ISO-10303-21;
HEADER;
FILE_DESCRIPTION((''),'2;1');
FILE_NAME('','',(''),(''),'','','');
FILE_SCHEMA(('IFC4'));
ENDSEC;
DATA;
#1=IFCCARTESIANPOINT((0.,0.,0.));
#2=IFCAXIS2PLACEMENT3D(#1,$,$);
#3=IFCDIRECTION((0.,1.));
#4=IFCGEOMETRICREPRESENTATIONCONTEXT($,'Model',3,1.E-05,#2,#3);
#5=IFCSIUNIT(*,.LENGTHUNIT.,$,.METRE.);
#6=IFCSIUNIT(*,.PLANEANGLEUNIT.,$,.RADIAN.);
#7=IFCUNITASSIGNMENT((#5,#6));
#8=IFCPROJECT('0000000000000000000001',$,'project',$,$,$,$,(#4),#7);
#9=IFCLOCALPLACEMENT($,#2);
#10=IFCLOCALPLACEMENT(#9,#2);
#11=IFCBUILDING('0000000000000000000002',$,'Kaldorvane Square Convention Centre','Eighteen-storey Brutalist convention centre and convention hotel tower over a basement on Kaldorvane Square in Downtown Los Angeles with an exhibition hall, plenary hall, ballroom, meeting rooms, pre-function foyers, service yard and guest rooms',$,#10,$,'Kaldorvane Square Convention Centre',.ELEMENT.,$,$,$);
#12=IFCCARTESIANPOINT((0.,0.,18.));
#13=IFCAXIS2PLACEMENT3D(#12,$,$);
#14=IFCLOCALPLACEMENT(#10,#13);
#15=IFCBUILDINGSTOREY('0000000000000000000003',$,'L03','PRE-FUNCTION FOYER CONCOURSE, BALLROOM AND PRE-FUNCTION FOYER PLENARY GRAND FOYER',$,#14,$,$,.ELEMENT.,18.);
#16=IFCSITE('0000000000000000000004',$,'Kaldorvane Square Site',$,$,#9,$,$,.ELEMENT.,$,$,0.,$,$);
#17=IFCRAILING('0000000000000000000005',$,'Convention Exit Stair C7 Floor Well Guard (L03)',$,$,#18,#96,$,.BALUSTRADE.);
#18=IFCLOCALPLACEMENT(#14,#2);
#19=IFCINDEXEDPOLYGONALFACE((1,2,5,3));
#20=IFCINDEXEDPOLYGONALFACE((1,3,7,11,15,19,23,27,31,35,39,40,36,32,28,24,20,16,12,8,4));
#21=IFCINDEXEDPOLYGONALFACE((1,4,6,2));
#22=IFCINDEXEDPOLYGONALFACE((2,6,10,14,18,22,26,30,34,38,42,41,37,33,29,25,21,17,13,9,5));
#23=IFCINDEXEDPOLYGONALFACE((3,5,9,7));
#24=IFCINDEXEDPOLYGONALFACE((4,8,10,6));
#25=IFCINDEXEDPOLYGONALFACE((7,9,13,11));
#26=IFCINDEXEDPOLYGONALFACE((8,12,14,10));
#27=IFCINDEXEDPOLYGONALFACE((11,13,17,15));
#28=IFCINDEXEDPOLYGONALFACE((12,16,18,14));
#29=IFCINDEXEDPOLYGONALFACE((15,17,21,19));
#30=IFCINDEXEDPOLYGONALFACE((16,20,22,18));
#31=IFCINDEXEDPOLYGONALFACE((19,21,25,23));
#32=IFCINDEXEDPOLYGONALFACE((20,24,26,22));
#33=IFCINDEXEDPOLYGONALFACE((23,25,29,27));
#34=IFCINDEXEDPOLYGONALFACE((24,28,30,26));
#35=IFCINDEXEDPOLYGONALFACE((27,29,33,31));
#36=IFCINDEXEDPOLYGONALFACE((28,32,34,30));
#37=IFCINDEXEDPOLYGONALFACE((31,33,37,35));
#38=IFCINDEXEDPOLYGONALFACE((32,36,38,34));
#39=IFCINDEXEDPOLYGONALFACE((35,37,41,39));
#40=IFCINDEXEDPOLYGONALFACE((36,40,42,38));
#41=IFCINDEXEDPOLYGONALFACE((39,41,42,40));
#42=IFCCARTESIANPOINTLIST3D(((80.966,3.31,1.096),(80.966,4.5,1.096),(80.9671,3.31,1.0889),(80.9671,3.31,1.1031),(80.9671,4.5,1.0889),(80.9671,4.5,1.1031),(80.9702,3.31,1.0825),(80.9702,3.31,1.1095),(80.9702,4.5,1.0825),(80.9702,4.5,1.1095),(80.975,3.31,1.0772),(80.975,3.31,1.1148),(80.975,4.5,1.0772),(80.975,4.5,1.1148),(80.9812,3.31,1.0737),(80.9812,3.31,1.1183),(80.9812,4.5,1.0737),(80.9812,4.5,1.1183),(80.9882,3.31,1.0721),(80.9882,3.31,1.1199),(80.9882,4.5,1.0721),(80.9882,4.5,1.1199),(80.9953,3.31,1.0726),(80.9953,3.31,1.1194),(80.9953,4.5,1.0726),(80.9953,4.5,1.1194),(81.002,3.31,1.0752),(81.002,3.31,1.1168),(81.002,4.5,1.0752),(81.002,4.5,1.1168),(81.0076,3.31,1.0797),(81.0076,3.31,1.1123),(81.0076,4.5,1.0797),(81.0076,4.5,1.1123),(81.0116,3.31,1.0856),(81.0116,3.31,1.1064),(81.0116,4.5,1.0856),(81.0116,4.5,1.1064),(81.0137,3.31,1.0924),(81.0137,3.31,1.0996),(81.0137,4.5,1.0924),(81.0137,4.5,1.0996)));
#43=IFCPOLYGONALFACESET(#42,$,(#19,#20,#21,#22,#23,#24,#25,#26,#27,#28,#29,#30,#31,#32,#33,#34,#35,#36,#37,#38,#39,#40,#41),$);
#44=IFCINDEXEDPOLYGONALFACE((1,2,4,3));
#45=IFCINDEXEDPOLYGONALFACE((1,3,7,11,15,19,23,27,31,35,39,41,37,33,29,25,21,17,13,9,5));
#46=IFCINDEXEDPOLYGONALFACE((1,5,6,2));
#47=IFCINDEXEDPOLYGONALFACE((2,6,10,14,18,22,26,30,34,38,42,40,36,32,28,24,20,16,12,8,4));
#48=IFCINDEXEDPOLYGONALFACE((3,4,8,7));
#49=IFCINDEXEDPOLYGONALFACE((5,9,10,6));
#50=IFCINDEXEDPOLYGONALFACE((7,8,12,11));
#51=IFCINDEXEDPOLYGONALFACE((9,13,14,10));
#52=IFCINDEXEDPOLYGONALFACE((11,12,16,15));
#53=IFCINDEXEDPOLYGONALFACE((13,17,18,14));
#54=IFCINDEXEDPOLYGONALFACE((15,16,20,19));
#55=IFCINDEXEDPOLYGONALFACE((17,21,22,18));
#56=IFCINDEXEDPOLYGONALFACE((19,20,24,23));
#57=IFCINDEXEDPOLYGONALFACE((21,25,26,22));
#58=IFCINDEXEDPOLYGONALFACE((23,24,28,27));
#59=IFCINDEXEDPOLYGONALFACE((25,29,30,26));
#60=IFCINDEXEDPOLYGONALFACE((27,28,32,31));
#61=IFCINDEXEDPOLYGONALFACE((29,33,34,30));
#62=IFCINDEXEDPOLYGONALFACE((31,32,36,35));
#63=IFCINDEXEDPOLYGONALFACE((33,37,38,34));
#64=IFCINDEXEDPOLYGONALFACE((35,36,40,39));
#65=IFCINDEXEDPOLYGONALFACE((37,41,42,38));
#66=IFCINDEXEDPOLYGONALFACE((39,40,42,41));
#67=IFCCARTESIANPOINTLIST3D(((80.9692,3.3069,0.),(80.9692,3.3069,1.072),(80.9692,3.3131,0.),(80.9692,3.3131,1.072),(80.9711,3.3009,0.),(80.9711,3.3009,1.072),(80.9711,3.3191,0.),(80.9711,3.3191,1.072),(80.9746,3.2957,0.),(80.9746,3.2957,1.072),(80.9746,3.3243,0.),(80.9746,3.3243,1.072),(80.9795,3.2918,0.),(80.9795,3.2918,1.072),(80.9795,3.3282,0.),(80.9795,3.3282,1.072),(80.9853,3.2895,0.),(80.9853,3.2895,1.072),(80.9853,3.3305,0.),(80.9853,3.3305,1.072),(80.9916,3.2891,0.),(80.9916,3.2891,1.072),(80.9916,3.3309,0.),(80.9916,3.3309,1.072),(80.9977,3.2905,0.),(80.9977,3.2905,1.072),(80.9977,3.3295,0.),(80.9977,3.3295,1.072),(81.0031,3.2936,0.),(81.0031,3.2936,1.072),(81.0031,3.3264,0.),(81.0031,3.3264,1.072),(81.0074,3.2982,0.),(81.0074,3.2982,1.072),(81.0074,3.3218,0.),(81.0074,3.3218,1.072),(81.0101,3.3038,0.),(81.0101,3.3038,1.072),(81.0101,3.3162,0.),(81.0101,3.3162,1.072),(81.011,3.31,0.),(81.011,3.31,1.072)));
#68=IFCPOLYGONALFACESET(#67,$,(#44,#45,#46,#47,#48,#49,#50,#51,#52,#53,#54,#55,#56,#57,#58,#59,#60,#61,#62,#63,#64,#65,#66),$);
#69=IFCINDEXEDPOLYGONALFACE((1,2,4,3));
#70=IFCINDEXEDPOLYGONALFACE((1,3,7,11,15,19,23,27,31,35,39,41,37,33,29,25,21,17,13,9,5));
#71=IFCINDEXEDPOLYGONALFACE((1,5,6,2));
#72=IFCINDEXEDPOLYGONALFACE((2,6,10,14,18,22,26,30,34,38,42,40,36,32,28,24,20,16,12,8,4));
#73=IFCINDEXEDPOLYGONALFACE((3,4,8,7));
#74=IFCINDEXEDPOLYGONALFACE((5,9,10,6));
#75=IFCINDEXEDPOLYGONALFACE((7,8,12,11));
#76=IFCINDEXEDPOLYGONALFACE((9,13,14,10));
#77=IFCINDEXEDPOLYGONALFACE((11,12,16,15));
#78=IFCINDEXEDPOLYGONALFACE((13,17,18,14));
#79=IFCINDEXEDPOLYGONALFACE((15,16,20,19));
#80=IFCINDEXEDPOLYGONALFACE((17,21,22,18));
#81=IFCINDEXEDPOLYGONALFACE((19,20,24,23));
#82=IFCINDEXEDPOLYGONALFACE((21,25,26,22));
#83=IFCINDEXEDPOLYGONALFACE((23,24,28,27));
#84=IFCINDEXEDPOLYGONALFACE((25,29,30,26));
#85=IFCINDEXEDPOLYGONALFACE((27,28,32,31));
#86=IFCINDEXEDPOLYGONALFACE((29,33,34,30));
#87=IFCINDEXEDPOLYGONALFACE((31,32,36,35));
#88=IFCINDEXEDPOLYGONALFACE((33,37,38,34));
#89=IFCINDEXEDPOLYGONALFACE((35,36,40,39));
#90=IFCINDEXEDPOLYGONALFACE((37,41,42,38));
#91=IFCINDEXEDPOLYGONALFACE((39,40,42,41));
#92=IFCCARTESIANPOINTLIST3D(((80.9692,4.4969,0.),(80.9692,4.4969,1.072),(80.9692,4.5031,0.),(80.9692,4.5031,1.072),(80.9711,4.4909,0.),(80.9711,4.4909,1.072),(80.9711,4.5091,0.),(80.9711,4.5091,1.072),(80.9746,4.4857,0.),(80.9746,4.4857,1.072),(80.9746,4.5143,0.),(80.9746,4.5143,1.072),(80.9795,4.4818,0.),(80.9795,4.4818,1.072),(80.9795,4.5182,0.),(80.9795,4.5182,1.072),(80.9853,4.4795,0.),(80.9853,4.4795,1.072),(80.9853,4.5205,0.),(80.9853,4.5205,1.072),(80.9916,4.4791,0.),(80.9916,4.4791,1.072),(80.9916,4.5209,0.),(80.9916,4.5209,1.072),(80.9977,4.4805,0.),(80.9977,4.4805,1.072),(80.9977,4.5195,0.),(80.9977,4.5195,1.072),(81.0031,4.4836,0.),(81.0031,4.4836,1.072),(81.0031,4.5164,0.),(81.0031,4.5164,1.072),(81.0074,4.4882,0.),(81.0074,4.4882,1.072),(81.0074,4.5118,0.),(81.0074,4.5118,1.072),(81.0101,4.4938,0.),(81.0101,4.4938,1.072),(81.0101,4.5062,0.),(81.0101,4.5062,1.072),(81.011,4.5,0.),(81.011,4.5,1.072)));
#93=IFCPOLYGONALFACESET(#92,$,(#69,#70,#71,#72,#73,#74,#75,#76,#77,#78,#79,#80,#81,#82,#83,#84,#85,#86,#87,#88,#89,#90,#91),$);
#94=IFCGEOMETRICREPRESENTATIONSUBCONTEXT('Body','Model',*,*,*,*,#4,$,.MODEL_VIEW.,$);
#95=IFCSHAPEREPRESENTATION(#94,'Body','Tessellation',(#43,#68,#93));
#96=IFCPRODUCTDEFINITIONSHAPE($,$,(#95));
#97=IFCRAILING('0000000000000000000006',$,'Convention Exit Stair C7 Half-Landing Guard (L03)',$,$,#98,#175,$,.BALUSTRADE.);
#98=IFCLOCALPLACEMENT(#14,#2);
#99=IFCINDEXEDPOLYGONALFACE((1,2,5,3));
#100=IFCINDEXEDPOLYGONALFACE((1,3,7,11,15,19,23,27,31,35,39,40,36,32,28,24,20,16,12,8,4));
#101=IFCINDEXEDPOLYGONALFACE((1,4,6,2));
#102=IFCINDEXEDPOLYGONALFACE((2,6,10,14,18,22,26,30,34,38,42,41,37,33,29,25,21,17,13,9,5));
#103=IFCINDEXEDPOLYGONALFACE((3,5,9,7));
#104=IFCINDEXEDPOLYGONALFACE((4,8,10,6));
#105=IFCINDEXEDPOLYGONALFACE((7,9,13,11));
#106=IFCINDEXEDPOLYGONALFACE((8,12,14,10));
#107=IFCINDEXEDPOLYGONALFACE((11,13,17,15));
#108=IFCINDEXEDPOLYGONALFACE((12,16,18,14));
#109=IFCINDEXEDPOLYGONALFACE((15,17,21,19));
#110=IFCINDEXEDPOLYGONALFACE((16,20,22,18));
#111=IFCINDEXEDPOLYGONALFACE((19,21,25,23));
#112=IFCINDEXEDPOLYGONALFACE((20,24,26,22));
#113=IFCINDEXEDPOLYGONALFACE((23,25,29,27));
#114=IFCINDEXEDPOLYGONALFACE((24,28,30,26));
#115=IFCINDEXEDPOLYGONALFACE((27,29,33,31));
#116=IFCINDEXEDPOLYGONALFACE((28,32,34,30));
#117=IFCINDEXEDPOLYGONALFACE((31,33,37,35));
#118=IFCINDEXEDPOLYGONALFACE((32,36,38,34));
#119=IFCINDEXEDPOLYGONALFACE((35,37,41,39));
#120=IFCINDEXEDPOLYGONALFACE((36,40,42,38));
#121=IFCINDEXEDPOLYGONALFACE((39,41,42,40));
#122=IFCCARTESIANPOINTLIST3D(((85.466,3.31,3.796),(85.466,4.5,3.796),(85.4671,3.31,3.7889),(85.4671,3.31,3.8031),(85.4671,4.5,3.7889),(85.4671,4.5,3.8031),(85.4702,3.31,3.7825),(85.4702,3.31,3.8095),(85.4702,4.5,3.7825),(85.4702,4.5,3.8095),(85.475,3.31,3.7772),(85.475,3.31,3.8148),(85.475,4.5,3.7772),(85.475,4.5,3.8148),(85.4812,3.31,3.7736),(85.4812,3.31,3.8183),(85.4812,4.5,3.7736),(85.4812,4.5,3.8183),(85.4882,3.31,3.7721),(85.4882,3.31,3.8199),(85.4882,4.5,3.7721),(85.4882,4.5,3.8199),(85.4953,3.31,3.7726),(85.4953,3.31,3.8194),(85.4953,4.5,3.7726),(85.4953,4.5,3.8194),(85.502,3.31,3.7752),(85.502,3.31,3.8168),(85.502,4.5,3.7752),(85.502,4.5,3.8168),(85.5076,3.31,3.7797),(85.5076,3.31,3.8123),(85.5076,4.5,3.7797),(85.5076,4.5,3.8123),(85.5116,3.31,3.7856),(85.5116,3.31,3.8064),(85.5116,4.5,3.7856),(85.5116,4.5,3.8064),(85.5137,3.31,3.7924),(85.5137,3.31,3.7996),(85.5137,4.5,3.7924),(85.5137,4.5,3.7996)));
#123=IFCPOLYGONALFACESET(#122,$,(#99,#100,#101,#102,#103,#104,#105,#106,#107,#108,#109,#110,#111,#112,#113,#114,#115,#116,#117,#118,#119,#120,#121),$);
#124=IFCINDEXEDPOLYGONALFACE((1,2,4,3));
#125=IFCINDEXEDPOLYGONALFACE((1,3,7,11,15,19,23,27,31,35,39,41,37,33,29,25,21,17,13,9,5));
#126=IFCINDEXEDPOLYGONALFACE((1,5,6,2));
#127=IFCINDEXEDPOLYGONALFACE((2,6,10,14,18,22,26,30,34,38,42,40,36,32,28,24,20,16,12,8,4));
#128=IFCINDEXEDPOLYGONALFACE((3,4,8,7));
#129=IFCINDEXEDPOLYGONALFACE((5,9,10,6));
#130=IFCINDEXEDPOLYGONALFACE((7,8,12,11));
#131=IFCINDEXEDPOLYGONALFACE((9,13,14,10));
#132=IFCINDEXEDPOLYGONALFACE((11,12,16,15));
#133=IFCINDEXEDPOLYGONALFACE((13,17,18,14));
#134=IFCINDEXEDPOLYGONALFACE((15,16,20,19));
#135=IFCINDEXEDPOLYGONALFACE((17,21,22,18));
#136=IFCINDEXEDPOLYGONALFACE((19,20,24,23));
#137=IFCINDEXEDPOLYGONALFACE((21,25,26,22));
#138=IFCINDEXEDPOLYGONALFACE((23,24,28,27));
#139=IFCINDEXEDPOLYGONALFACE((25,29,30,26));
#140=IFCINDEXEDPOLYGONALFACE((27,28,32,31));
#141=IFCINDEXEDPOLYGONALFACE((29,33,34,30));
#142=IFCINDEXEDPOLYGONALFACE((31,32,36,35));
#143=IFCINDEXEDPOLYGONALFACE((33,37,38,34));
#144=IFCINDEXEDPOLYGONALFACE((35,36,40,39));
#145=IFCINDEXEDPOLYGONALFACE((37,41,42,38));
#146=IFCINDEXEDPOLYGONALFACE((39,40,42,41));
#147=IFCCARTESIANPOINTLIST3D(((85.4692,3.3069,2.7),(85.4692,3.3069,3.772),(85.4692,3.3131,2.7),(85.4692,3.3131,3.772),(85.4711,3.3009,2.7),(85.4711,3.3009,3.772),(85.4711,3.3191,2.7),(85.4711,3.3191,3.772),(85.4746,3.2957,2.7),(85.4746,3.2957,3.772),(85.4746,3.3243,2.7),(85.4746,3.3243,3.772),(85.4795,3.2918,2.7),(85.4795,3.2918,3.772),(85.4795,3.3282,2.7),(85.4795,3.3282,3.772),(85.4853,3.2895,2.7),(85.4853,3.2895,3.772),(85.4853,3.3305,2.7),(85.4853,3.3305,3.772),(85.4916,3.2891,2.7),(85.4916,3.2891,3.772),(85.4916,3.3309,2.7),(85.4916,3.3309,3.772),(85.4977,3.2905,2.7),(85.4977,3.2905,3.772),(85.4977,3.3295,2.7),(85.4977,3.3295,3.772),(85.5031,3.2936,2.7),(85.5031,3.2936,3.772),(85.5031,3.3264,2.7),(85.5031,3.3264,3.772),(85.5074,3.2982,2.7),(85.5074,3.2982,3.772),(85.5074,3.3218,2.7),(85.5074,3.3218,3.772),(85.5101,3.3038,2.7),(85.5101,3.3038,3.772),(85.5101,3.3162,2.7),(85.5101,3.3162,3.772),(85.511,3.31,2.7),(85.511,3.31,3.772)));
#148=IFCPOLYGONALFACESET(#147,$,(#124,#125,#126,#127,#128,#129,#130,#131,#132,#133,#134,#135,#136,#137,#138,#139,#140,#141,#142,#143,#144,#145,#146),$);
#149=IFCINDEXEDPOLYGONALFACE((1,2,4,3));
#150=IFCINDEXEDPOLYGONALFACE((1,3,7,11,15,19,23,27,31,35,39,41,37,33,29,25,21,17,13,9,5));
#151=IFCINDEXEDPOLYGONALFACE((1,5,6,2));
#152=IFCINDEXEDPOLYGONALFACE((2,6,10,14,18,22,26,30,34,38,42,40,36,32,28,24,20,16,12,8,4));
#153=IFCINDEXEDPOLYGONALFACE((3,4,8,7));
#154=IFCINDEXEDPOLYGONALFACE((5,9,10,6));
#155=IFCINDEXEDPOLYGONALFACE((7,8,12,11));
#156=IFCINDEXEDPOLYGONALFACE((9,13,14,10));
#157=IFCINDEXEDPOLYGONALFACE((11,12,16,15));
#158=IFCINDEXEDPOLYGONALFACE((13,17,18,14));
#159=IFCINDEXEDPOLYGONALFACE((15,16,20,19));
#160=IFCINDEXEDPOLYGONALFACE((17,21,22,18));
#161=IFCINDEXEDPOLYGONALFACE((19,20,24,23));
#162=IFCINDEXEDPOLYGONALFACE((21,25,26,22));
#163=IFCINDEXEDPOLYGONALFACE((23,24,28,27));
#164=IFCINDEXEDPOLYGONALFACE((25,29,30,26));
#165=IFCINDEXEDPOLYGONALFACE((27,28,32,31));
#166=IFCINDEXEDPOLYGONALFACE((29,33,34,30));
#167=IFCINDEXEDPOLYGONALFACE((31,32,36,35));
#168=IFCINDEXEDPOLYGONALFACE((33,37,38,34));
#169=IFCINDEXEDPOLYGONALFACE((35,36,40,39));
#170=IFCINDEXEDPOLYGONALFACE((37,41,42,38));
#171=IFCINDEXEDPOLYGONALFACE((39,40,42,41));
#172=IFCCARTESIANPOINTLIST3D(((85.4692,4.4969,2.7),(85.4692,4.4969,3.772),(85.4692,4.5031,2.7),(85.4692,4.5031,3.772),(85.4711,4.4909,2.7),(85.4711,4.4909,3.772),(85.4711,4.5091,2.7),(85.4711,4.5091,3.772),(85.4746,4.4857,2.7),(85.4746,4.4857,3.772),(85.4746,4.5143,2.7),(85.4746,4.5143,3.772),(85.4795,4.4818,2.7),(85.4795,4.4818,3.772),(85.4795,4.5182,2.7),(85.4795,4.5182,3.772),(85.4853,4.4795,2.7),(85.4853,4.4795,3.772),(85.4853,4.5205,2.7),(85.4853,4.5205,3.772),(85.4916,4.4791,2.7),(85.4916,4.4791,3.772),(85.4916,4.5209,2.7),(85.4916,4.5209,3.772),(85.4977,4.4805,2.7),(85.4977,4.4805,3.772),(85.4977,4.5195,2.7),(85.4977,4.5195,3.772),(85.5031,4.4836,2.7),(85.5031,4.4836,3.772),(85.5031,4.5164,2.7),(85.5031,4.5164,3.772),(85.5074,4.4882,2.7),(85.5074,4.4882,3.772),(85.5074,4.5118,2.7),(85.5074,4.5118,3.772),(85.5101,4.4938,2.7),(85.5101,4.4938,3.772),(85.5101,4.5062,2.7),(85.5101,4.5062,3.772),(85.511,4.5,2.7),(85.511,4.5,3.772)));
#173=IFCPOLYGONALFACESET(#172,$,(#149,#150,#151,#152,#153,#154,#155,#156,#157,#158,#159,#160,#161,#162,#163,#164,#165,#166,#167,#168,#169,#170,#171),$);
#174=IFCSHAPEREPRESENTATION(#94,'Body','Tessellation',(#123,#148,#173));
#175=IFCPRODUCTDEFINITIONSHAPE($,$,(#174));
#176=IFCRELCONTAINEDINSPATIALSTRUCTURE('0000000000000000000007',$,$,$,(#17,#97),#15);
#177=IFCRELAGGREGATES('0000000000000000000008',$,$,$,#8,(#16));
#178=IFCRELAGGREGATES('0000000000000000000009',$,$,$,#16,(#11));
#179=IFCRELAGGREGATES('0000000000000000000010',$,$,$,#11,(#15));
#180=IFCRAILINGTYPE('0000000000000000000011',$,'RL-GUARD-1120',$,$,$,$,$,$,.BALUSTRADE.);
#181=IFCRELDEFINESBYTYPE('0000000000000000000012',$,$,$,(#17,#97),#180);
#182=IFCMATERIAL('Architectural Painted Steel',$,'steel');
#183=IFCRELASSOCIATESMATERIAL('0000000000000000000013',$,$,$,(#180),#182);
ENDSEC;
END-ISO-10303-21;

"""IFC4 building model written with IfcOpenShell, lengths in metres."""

from ifc_helpers import new_model, si_unit, direction, frame, origin, origin_2d, place, context, subcontext, project, spatial, circle, extrude, material, type_object, element, save


model = new_model("IFC4")

# Units and contexts
model_context = context("Model", 3, precision=1e-05, world=origin(), true_north=direction((0.0, 1.0)))
body_context = subcontext(model_context, "Body", "Model", "MODEL_VIEW")
ifc_project = project(units=[si_unit("LENGTHUNIT", "METRE"), si_unit("PLANEANGLEUNIT", "RADIAN")], contexts=[model_context])

# Site, building, storey
site_placement = place(None, origin())
site = spatial("IfcSite", under=ifc_project, at=site_placement, Name="Kaldorvane Square Site", CompositionType="ELEMENT", RefElevation=0.0)
building_placement = place(site_placement, origin())
building = spatial("IfcBuilding", under=site, at=building_placement, Name="Kaldorvane Square Convention Centre", Description="Eighteen-storey Brutalist convention centre and convention hotel tower over a basement on Kaldorvane Square in Downtown Los Angeles with an exhibition hall, plenary hall, ballroom, meeting rooms, pre-function foyers, service yard and guest rooms", LongName="Kaldorvane Square Convention Centre", CompositionType="ELEMENT")
storey_placement = place(building_placement, frame((0.0, 0.0, 18.0)))
storey = spatial("IfcBuildingStorey", under=building, at=storey_placement, Name="L03", Description="PRE-FUNCTION FOYER CONCOURSE, BALLROOM AND PRE-FUNCTION FOYER PLENARY GRAND FOYER", CompositionType="ELEMENT", Elevation=18.0)

# Railings
ifc_material_1 = material(Name="Architectural Painted Steel", Category="steel")
railing_type_1 = type_object("IfcRailingType", Name="RL-GUARD-1120", PredefinedType="BALUSTRADE", material=ifc_material_1)
for number, where, name in (
    (1, (80.99, 3.31, 0.0), "Convention Exit Stair C7 Floor Well Guard (L03)"),
    (2, (85.49, 3.31, 2.7), "Convention Exit Stair C7 Half-Landing Guard (L03)"),
):
    element("IfcRailing", number, at=place(storey_placement, frame(where)), inside=storey, type_object=railing_type_1, Name=name, PredefinedType="BALUSTRADE", context=body_context, shape_type="SweptSolid", body=[
        extrude(circle(Radius=0.024, at=origin_2d()), frame((0.0, 0.0, 1.096), z_axis=(0.0, 1.0, 0.0), x_axis=(-1.0, 0.0, 0.0)), (0.0, 0.0, 1.0), 1.19),
        extrude(circle(Radius=0.021, at=origin_2d()), origin(), (0.0, 0.0, 1.0), 1.072),
        extrude(circle(Radius=0.021, at=origin_2d()), frame((0.0, 1.19, 0.0)), (0.0, 0.0, 1.0), 1.072),
    ])

save(model, "model.ifc")
